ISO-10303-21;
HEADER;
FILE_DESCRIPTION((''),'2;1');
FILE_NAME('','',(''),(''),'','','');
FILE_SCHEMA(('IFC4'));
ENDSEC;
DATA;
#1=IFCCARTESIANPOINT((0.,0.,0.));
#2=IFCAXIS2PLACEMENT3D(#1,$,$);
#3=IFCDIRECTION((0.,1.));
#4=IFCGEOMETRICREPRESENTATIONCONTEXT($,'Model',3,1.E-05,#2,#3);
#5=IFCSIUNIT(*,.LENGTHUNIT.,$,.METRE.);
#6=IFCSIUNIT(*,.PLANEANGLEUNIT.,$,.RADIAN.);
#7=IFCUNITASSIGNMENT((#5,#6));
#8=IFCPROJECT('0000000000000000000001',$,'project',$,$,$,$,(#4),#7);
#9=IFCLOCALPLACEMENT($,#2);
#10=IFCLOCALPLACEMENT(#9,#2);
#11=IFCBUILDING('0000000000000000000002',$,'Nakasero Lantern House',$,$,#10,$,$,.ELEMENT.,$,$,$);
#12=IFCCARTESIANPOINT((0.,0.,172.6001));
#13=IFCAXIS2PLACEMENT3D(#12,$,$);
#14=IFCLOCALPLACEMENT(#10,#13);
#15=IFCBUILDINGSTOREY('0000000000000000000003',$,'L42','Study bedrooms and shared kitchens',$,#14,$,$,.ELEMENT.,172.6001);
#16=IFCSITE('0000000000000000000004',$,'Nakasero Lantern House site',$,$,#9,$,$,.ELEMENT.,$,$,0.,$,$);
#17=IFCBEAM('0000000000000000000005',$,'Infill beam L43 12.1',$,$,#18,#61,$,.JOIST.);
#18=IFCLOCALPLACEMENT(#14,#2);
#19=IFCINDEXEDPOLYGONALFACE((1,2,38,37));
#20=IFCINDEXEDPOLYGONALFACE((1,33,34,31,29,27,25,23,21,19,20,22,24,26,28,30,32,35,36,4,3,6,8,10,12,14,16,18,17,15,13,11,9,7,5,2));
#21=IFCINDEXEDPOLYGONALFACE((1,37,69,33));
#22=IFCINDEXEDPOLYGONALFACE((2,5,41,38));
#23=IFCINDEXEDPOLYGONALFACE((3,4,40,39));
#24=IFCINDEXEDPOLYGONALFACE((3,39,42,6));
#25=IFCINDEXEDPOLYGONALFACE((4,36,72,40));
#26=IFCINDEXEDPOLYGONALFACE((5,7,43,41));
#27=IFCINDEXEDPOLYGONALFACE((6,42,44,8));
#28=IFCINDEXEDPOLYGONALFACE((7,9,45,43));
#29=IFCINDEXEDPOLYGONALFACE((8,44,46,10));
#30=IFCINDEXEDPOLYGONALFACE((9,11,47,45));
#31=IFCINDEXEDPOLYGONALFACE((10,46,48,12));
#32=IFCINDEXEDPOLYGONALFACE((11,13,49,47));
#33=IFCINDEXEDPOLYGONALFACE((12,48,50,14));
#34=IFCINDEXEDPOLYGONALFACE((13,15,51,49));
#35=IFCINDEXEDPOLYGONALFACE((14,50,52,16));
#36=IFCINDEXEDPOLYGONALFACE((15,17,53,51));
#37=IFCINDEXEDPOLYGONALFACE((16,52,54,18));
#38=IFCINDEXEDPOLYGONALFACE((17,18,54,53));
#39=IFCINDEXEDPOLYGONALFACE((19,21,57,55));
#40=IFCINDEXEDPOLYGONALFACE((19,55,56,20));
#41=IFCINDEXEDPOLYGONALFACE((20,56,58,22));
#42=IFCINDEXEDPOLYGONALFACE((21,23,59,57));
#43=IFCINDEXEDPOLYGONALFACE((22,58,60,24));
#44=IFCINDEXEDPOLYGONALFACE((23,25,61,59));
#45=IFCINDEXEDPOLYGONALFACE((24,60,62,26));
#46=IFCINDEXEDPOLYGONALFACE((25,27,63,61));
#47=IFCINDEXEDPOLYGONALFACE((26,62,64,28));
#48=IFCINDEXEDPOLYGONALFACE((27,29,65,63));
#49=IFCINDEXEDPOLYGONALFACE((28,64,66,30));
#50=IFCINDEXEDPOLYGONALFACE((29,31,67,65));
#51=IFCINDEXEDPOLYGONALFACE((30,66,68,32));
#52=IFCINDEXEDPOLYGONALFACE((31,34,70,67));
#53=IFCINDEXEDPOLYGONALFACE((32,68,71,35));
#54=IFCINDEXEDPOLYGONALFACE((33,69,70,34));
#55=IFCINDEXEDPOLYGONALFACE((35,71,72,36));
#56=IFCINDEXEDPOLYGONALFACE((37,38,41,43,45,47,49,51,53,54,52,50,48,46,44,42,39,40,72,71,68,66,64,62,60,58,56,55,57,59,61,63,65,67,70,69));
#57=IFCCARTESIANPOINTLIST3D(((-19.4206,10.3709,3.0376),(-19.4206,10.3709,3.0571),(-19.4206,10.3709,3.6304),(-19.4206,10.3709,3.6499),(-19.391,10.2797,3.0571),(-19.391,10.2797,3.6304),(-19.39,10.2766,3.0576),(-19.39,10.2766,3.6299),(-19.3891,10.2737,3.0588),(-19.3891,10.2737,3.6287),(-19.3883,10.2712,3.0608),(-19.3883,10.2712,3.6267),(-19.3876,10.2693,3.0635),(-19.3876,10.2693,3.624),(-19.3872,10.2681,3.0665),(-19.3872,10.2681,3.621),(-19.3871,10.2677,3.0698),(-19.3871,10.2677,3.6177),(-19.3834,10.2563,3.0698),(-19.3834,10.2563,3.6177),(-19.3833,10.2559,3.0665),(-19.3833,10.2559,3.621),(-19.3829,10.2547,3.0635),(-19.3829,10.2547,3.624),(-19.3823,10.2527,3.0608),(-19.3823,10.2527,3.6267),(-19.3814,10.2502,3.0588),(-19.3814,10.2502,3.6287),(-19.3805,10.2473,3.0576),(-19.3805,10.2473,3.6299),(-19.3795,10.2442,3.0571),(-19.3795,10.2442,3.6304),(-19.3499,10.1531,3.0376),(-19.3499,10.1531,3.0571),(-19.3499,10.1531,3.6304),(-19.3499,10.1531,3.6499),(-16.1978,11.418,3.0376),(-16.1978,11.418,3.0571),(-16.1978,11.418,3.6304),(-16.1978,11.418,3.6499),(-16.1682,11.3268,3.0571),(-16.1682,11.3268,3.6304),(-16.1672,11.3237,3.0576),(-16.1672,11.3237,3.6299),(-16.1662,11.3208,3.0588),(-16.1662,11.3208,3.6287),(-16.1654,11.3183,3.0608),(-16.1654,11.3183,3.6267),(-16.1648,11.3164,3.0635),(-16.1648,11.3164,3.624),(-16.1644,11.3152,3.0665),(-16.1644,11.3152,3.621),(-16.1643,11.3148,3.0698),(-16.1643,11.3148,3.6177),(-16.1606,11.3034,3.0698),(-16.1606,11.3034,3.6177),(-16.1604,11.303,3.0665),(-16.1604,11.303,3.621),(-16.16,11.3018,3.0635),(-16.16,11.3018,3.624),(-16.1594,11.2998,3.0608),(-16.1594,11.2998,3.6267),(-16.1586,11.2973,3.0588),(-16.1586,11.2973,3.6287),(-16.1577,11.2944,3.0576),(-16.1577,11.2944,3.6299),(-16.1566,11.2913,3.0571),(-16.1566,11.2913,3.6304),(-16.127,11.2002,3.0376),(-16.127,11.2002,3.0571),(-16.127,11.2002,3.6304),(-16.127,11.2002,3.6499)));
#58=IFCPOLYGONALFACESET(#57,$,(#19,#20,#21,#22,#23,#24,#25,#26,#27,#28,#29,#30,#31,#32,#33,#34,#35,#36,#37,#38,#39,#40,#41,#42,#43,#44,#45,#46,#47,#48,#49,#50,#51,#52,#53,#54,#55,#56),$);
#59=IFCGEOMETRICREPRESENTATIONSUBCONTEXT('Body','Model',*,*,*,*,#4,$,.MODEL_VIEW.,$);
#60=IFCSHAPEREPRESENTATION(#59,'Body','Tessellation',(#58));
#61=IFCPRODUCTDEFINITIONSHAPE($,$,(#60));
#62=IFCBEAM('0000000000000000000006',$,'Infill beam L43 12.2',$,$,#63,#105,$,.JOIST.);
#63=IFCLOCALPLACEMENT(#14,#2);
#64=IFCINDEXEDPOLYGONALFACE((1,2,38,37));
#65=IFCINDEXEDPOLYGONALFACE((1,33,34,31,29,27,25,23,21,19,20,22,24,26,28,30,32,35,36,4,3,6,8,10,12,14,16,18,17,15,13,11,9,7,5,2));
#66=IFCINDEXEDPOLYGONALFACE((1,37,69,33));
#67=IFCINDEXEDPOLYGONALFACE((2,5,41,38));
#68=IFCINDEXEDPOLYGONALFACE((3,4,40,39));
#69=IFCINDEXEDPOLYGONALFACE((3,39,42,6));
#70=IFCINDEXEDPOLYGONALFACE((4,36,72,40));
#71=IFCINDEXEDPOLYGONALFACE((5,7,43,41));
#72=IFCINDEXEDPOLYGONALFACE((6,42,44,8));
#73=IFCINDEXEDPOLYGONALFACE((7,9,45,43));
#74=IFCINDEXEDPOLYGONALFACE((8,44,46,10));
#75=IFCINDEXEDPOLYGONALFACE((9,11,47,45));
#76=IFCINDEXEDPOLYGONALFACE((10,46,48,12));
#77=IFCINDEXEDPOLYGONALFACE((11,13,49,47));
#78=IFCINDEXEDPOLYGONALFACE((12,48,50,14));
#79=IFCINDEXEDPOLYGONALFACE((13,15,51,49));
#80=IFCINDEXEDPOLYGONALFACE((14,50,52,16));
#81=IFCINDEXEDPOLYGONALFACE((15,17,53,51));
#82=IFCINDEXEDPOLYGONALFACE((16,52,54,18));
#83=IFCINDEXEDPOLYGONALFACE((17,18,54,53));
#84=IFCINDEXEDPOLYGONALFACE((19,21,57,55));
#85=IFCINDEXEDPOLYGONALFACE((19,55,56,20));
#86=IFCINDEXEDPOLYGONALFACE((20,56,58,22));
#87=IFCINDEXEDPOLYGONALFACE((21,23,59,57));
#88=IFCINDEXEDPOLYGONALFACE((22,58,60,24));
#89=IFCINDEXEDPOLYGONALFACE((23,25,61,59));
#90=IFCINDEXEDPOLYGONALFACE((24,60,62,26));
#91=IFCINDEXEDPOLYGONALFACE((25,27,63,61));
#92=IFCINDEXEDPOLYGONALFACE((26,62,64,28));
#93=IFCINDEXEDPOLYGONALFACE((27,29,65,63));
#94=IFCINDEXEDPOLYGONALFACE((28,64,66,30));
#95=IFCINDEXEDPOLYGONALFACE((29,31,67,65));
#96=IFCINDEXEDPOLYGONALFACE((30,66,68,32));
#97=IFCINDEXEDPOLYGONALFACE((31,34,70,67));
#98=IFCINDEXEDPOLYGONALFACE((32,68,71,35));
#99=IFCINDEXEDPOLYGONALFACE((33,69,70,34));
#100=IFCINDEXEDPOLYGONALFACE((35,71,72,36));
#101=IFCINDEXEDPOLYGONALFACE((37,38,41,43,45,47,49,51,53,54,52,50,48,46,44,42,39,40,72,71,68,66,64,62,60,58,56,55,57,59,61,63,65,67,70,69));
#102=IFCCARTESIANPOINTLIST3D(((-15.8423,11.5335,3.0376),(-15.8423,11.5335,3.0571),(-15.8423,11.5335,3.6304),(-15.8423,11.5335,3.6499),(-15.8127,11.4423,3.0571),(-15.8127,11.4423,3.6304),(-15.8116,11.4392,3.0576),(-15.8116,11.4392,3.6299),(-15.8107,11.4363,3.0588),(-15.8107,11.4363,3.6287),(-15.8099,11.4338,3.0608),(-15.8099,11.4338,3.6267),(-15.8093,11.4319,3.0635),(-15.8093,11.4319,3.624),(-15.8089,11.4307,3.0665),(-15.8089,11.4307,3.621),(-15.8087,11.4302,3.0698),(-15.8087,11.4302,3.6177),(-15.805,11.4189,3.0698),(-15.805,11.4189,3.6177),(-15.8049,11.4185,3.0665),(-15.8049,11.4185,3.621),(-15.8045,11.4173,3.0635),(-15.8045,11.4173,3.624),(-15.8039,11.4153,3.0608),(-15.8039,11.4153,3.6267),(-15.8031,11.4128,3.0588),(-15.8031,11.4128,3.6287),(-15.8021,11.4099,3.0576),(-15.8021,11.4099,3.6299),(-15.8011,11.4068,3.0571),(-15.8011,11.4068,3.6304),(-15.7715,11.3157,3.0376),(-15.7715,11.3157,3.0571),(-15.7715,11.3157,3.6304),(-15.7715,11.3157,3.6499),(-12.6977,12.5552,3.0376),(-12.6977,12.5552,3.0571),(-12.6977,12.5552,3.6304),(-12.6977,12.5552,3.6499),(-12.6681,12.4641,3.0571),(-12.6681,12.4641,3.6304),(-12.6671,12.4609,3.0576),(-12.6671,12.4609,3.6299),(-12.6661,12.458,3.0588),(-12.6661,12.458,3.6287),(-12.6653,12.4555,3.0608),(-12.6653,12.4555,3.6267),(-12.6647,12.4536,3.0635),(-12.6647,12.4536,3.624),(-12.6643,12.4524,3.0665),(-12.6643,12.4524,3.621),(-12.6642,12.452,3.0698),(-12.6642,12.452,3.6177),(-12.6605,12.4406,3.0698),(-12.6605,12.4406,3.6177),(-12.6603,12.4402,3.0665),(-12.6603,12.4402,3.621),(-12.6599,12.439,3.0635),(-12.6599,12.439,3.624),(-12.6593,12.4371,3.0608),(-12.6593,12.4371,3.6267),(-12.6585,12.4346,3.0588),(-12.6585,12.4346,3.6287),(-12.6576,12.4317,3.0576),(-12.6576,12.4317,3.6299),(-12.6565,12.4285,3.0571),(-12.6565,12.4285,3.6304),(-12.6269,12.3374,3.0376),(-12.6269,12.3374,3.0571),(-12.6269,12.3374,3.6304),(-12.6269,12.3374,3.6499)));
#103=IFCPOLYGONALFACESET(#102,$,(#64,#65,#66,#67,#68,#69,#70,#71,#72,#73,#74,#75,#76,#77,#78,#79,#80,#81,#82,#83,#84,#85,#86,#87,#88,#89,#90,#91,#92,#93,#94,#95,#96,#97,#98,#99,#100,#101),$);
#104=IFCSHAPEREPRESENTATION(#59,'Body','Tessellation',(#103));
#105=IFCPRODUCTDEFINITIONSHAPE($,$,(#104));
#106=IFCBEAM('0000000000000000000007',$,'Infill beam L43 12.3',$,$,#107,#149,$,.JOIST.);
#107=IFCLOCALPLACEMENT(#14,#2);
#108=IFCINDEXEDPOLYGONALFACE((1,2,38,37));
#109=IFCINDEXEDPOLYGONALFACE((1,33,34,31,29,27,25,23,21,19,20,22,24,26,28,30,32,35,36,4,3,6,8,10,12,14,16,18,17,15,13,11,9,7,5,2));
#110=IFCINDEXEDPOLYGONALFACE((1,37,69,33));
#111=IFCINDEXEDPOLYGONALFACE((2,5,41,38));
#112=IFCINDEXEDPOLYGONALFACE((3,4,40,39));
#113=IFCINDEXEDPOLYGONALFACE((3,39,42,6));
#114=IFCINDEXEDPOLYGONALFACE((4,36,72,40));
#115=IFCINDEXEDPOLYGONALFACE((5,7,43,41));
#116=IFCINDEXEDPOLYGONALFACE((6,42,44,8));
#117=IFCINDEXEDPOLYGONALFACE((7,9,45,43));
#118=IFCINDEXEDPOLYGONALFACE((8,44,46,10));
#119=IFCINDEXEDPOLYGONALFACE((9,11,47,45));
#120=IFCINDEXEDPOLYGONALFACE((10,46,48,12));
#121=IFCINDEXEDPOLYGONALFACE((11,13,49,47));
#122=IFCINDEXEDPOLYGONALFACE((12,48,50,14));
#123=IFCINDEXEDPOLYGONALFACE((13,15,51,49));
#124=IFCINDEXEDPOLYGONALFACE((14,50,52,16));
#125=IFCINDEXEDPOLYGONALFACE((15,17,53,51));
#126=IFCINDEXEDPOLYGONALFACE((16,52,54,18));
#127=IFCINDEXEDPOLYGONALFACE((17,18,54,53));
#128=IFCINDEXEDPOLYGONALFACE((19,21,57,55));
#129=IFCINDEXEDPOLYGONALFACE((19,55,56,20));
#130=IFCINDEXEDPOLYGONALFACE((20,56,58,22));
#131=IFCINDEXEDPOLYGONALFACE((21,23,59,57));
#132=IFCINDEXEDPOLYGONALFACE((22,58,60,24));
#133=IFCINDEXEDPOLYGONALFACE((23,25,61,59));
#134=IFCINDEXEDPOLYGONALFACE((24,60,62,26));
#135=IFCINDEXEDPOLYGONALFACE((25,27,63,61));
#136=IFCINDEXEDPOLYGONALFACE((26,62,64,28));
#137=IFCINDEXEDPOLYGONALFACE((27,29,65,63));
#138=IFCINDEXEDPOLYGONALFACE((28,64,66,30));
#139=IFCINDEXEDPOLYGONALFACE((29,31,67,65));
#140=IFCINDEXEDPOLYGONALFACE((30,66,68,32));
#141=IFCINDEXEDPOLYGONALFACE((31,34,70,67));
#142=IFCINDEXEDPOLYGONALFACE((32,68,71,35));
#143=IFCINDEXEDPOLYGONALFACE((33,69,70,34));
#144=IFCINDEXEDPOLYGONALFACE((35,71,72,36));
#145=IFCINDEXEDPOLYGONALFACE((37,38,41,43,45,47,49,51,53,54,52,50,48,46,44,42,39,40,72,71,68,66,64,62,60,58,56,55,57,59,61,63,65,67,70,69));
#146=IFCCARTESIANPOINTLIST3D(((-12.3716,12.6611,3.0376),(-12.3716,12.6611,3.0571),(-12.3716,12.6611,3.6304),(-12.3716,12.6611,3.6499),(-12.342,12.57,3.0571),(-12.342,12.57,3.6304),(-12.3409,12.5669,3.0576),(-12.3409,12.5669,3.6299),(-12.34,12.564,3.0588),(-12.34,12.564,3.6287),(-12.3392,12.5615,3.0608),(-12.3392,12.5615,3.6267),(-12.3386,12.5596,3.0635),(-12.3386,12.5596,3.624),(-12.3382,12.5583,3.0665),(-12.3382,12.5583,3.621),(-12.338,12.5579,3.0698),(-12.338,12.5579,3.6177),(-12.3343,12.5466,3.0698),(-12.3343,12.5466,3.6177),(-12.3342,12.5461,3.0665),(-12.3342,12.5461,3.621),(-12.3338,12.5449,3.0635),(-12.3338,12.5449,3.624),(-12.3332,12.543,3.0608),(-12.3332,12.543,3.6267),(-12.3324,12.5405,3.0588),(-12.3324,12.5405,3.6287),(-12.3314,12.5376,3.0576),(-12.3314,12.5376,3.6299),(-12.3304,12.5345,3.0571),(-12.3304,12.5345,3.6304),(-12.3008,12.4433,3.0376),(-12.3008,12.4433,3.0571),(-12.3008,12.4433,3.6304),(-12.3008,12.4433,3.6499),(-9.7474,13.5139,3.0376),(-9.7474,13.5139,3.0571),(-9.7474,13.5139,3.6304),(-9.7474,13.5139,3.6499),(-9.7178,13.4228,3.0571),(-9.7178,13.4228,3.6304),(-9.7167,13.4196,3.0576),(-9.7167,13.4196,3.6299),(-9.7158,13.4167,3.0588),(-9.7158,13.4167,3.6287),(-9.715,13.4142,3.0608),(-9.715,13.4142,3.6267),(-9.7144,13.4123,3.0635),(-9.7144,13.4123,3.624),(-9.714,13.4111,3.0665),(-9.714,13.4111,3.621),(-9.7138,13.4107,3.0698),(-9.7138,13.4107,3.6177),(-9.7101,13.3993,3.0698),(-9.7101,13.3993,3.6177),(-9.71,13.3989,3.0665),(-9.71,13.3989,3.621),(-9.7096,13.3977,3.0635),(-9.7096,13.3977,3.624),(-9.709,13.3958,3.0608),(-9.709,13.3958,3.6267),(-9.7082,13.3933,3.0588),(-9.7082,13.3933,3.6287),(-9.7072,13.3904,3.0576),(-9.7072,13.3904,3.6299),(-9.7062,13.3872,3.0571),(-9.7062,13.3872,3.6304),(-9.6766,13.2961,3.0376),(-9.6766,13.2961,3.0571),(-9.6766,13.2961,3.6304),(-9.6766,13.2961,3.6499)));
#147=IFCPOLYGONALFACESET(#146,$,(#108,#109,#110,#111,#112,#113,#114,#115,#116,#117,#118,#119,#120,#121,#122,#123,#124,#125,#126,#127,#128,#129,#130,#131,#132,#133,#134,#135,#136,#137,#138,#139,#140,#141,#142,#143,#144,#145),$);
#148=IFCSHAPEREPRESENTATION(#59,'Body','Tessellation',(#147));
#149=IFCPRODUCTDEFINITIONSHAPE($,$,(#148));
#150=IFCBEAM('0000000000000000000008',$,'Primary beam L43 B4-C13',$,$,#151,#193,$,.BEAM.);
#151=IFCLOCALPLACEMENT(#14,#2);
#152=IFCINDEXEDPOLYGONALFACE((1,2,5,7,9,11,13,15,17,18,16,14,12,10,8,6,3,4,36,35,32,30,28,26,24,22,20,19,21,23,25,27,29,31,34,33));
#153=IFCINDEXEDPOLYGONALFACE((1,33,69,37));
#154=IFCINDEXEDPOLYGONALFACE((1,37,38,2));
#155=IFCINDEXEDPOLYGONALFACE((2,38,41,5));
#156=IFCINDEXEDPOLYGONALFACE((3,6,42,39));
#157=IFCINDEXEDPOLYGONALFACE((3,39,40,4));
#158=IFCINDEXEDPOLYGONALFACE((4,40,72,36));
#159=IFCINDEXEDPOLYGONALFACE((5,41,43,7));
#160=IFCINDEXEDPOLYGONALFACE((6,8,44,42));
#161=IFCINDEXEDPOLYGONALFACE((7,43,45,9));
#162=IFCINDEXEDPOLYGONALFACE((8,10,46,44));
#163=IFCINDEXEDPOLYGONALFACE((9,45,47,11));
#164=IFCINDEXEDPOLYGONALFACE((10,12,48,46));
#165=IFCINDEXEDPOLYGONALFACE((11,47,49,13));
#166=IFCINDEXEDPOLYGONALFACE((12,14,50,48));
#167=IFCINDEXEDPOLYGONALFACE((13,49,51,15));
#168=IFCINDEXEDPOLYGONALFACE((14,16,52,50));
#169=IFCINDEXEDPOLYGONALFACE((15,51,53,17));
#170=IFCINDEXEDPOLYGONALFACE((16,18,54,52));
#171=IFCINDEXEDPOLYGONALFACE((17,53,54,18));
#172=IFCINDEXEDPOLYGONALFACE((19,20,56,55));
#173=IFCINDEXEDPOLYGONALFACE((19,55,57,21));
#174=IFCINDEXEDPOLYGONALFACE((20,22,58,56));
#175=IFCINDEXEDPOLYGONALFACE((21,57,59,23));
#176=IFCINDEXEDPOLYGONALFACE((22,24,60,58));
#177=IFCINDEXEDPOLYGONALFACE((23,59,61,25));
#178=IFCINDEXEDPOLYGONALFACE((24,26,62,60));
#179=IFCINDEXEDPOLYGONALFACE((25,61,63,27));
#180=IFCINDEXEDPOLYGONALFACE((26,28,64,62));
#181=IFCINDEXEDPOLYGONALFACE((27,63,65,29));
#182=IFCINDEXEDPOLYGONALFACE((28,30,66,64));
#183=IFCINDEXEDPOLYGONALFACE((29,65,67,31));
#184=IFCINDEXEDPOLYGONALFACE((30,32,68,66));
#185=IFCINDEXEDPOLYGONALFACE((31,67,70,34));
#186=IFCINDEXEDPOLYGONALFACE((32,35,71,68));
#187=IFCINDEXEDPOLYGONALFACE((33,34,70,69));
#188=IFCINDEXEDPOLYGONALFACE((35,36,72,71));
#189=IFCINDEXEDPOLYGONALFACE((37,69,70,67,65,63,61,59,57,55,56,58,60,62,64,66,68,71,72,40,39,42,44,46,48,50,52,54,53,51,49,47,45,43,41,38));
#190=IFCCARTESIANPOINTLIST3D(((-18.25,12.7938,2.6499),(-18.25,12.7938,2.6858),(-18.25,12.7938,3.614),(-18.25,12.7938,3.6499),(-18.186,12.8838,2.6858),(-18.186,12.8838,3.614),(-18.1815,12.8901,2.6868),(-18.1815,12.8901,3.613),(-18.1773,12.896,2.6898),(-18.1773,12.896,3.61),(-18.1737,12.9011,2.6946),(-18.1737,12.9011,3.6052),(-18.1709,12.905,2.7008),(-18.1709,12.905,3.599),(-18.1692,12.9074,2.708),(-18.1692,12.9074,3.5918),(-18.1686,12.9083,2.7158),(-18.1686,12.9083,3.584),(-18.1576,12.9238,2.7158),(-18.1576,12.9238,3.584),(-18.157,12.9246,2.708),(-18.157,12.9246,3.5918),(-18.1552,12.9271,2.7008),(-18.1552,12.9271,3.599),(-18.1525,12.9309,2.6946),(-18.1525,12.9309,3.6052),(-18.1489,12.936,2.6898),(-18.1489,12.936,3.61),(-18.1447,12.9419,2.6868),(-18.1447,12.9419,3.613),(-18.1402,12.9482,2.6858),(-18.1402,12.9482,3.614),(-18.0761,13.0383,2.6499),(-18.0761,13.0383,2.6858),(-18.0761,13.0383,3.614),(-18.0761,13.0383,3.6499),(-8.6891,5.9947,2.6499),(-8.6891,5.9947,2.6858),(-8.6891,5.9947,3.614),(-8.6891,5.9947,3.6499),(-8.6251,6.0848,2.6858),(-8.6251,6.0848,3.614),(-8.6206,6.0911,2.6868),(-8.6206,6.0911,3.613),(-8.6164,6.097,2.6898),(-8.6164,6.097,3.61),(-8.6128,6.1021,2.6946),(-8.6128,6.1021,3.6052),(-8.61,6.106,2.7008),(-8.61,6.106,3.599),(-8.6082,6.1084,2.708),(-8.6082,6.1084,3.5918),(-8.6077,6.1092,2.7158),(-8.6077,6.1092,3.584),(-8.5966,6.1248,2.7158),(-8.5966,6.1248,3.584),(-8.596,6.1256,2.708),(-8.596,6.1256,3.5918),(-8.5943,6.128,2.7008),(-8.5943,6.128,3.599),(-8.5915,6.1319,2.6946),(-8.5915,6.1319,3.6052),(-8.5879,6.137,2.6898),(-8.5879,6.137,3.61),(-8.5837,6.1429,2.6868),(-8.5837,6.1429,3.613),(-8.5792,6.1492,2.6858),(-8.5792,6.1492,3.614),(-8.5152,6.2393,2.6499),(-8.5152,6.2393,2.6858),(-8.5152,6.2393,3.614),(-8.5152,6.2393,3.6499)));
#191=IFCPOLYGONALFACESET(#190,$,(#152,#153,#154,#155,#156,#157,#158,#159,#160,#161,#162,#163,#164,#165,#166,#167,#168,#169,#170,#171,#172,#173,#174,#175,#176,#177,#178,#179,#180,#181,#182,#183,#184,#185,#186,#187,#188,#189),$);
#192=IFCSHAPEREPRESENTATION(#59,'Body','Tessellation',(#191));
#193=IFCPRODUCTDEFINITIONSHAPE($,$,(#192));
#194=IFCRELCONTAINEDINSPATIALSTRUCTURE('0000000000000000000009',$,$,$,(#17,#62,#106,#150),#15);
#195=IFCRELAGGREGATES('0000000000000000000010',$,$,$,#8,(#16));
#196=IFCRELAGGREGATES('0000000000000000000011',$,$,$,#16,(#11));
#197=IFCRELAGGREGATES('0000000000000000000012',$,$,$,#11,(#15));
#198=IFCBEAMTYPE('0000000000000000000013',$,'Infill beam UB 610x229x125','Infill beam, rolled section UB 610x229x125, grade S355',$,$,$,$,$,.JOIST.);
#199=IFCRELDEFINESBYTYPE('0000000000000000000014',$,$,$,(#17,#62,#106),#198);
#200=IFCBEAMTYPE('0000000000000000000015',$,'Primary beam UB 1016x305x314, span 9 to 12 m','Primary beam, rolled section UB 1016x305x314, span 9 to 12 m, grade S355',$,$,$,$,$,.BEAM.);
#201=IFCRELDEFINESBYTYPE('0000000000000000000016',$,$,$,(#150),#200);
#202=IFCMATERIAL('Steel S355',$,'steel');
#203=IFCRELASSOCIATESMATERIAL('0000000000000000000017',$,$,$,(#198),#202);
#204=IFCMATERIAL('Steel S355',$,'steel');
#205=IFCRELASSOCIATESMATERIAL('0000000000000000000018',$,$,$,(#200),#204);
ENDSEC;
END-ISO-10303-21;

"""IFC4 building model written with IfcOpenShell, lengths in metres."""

from ifc_helpers import new_model, si_unit, direction, frame, origin, origin_2d, place, context, subcontext, project, spatial, i_section, extrude, material, material_profile, profile_set, type_object, element, save


model = new_model("IFC4")

# Units and contexts
model_context = context("Model", 3, precision=1e-05, world=origin(), true_north=direction((0.0, 1.0)))
body_context = subcontext(model_context, "Body", "Model", "MODEL_VIEW")
ifc_project = project(units=[si_unit("LENGTHUNIT", "METRE"), si_unit("PLANEANGLEUNIT", "RADIAN")], contexts=[model_context])

# Site, building, storey
site_placement = place(None, origin())
site = spatial("IfcSite", under=ifc_project, at=site_placement, Name="Nakasero Lantern House site", CompositionType="ELEMENT", RefElevation=0.0)
building_placement = place(site_placement, origin())
building = spatial("IfcBuilding", under=site, at=building_placement, Name="Nakasero Lantern House", CompositionType="ELEMENT")
storey_placement = place(building_placement, frame((0.0, 0.0, 172.6001)))
storey = spatial("IfcBuildingStorey", under=building, at=storey_placement, Name="L42", Description="Study bedrooms and shared kitchens", CompositionType="ELEMENT", Elevation=172.6001)

# Beams
ifc_material_1 = material(Name="Steel S355", Category="steel")
ifc_material_profile_1 = material_profile(ifc_material_1, i_section(OverallWidth=0.229, OverallDepth=0.6123, WebThickness=0.012, FlangeThickness=0.0195, FilletRadius=0.0127, at=origin_2d()), Name="UB 610x229x125")
ifc_profile_set_1 = profile_set([ifc_material_profile_1], Name="Steel S355")
beam_type_1 = type_object("IfcBeamType", Name="Infill beam UB 610x229x125", Description="Infill beam, rolled section UB 610x229x125, grade S355", PredefinedType="JOIST", material=ifc_profile_set_1)
beam_1_placement = place(storey_placement, frame((-19.3853, 10.262, 3.3438), z_axis=(0.951062, 0.309, 0.0), x_axis=(-0.309, 0.951062, 0.0)))
element("IfcBeam", 1, at=beam_1_placement, inside=storey, type_object=beam_type_1, Name="Infill beam L43 12.1", PredefinedType="JOIST", context=body_context, shape_type="SweptSolid", body=[
    extrude(i_section(OverallWidth=0.229, OverallDepth=0.6123, WebThickness=0.012, FlangeThickness=0.0195, FilletRadius=0.0127, at=origin_2d()), origin(), (0.0, 0.0, 1.0), 3.3887),
])
beam_2_placement = place(storey_placement, frame((-15.8069, 11.4246, 3.3438), z_axis=(0.951056, 0.309019, 0.0), x_axis=(-0.309019, 0.951056, 0.0)))
element("IfcBeam", 2, at=beam_2_placement, inside=storey, type_object=beam_type_1, Name="Infill beam L43 12.2", PredefinedType="JOIST", context=body_context, shape_type="SweptSolid", body=[
    extrude(i_section(OverallWidth=0.229, OverallDepth=0.6123, WebThickness=0.012, FlangeThickness=0.0195, FilletRadius=0.0127, at=origin_2d()), origin(), (0.0, 0.0, 1.0), 3.3064),
])
beam_3_placement = place(storey_placement, frame((-12.3362, 12.5522, 3.3438), z_axis=(0.951045, 0.309052, 0.0), x_axis=(-0.309052, 0.951045, 0.0)))
element("IfcBeam", 3, at=beam_3_placement, inside=storey, type_object=beam_type_1, Name="Infill beam L43 12.3", PredefinedType="JOIST", context=body_context, shape_type="SweptSolid", body=[
    extrude(i_section(OverallWidth=0.229, OverallDepth=0.6123, WebThickness=0.012, FlangeThickness=0.0195, FilletRadius=0.0127, at=origin_2d()), origin(), (0.0, 0.0, 1.0), 2.7593),
])
ifc_material_2 = material(Name="Steel S355", Category="steel")
ifc_material_profile_2 = material_profile(ifc_material_2, i_section(OverallWidth=0.3, OverallDepth=1.0, WebThickness=0.019, FlangeThickness=0.0359, FilletRadius=0.03, at=origin_2d()), Name="UB 1016x305x314")
ifc_profile_set_2 = profile_set([ifc_material_profile_2], Name="Steel S355")
beam_type_2 = type_object("IfcBeamType", Name="Primary beam UB 1016x305x314, span 9 to 12 m", Description="Primary beam, rolled section UB 1016x305x314, span 9 to 12 m, grade S355", PredefinedType="BEAM", material=ifc_profile_set_2)
beam_4_placement = place(storey_placement, frame((-18.1631, 12.916, 3.1499), z_axis=(0.814951, -0.57953, 0.0), x_axis=(0.57953, 0.814951, 0.0)))
element("IfcBeam", 4, at=beam_4_placement, inside=storey, type_object=beam_type_2, Name="Primary beam L43 B4-C13", PredefinedType="BEAM", context=body_context, shape_type="SweptSolid", body=[
    extrude(i_section(OverallWidth=0.3, OverallDepth=1.0, WebThickness=0.019, FlangeThickness=0.0359, FilletRadius=0.03, at=origin_2d()), origin(), (0.0, 0.0, 1.0), 11.7319),
])

save(model, "model.ifc")
